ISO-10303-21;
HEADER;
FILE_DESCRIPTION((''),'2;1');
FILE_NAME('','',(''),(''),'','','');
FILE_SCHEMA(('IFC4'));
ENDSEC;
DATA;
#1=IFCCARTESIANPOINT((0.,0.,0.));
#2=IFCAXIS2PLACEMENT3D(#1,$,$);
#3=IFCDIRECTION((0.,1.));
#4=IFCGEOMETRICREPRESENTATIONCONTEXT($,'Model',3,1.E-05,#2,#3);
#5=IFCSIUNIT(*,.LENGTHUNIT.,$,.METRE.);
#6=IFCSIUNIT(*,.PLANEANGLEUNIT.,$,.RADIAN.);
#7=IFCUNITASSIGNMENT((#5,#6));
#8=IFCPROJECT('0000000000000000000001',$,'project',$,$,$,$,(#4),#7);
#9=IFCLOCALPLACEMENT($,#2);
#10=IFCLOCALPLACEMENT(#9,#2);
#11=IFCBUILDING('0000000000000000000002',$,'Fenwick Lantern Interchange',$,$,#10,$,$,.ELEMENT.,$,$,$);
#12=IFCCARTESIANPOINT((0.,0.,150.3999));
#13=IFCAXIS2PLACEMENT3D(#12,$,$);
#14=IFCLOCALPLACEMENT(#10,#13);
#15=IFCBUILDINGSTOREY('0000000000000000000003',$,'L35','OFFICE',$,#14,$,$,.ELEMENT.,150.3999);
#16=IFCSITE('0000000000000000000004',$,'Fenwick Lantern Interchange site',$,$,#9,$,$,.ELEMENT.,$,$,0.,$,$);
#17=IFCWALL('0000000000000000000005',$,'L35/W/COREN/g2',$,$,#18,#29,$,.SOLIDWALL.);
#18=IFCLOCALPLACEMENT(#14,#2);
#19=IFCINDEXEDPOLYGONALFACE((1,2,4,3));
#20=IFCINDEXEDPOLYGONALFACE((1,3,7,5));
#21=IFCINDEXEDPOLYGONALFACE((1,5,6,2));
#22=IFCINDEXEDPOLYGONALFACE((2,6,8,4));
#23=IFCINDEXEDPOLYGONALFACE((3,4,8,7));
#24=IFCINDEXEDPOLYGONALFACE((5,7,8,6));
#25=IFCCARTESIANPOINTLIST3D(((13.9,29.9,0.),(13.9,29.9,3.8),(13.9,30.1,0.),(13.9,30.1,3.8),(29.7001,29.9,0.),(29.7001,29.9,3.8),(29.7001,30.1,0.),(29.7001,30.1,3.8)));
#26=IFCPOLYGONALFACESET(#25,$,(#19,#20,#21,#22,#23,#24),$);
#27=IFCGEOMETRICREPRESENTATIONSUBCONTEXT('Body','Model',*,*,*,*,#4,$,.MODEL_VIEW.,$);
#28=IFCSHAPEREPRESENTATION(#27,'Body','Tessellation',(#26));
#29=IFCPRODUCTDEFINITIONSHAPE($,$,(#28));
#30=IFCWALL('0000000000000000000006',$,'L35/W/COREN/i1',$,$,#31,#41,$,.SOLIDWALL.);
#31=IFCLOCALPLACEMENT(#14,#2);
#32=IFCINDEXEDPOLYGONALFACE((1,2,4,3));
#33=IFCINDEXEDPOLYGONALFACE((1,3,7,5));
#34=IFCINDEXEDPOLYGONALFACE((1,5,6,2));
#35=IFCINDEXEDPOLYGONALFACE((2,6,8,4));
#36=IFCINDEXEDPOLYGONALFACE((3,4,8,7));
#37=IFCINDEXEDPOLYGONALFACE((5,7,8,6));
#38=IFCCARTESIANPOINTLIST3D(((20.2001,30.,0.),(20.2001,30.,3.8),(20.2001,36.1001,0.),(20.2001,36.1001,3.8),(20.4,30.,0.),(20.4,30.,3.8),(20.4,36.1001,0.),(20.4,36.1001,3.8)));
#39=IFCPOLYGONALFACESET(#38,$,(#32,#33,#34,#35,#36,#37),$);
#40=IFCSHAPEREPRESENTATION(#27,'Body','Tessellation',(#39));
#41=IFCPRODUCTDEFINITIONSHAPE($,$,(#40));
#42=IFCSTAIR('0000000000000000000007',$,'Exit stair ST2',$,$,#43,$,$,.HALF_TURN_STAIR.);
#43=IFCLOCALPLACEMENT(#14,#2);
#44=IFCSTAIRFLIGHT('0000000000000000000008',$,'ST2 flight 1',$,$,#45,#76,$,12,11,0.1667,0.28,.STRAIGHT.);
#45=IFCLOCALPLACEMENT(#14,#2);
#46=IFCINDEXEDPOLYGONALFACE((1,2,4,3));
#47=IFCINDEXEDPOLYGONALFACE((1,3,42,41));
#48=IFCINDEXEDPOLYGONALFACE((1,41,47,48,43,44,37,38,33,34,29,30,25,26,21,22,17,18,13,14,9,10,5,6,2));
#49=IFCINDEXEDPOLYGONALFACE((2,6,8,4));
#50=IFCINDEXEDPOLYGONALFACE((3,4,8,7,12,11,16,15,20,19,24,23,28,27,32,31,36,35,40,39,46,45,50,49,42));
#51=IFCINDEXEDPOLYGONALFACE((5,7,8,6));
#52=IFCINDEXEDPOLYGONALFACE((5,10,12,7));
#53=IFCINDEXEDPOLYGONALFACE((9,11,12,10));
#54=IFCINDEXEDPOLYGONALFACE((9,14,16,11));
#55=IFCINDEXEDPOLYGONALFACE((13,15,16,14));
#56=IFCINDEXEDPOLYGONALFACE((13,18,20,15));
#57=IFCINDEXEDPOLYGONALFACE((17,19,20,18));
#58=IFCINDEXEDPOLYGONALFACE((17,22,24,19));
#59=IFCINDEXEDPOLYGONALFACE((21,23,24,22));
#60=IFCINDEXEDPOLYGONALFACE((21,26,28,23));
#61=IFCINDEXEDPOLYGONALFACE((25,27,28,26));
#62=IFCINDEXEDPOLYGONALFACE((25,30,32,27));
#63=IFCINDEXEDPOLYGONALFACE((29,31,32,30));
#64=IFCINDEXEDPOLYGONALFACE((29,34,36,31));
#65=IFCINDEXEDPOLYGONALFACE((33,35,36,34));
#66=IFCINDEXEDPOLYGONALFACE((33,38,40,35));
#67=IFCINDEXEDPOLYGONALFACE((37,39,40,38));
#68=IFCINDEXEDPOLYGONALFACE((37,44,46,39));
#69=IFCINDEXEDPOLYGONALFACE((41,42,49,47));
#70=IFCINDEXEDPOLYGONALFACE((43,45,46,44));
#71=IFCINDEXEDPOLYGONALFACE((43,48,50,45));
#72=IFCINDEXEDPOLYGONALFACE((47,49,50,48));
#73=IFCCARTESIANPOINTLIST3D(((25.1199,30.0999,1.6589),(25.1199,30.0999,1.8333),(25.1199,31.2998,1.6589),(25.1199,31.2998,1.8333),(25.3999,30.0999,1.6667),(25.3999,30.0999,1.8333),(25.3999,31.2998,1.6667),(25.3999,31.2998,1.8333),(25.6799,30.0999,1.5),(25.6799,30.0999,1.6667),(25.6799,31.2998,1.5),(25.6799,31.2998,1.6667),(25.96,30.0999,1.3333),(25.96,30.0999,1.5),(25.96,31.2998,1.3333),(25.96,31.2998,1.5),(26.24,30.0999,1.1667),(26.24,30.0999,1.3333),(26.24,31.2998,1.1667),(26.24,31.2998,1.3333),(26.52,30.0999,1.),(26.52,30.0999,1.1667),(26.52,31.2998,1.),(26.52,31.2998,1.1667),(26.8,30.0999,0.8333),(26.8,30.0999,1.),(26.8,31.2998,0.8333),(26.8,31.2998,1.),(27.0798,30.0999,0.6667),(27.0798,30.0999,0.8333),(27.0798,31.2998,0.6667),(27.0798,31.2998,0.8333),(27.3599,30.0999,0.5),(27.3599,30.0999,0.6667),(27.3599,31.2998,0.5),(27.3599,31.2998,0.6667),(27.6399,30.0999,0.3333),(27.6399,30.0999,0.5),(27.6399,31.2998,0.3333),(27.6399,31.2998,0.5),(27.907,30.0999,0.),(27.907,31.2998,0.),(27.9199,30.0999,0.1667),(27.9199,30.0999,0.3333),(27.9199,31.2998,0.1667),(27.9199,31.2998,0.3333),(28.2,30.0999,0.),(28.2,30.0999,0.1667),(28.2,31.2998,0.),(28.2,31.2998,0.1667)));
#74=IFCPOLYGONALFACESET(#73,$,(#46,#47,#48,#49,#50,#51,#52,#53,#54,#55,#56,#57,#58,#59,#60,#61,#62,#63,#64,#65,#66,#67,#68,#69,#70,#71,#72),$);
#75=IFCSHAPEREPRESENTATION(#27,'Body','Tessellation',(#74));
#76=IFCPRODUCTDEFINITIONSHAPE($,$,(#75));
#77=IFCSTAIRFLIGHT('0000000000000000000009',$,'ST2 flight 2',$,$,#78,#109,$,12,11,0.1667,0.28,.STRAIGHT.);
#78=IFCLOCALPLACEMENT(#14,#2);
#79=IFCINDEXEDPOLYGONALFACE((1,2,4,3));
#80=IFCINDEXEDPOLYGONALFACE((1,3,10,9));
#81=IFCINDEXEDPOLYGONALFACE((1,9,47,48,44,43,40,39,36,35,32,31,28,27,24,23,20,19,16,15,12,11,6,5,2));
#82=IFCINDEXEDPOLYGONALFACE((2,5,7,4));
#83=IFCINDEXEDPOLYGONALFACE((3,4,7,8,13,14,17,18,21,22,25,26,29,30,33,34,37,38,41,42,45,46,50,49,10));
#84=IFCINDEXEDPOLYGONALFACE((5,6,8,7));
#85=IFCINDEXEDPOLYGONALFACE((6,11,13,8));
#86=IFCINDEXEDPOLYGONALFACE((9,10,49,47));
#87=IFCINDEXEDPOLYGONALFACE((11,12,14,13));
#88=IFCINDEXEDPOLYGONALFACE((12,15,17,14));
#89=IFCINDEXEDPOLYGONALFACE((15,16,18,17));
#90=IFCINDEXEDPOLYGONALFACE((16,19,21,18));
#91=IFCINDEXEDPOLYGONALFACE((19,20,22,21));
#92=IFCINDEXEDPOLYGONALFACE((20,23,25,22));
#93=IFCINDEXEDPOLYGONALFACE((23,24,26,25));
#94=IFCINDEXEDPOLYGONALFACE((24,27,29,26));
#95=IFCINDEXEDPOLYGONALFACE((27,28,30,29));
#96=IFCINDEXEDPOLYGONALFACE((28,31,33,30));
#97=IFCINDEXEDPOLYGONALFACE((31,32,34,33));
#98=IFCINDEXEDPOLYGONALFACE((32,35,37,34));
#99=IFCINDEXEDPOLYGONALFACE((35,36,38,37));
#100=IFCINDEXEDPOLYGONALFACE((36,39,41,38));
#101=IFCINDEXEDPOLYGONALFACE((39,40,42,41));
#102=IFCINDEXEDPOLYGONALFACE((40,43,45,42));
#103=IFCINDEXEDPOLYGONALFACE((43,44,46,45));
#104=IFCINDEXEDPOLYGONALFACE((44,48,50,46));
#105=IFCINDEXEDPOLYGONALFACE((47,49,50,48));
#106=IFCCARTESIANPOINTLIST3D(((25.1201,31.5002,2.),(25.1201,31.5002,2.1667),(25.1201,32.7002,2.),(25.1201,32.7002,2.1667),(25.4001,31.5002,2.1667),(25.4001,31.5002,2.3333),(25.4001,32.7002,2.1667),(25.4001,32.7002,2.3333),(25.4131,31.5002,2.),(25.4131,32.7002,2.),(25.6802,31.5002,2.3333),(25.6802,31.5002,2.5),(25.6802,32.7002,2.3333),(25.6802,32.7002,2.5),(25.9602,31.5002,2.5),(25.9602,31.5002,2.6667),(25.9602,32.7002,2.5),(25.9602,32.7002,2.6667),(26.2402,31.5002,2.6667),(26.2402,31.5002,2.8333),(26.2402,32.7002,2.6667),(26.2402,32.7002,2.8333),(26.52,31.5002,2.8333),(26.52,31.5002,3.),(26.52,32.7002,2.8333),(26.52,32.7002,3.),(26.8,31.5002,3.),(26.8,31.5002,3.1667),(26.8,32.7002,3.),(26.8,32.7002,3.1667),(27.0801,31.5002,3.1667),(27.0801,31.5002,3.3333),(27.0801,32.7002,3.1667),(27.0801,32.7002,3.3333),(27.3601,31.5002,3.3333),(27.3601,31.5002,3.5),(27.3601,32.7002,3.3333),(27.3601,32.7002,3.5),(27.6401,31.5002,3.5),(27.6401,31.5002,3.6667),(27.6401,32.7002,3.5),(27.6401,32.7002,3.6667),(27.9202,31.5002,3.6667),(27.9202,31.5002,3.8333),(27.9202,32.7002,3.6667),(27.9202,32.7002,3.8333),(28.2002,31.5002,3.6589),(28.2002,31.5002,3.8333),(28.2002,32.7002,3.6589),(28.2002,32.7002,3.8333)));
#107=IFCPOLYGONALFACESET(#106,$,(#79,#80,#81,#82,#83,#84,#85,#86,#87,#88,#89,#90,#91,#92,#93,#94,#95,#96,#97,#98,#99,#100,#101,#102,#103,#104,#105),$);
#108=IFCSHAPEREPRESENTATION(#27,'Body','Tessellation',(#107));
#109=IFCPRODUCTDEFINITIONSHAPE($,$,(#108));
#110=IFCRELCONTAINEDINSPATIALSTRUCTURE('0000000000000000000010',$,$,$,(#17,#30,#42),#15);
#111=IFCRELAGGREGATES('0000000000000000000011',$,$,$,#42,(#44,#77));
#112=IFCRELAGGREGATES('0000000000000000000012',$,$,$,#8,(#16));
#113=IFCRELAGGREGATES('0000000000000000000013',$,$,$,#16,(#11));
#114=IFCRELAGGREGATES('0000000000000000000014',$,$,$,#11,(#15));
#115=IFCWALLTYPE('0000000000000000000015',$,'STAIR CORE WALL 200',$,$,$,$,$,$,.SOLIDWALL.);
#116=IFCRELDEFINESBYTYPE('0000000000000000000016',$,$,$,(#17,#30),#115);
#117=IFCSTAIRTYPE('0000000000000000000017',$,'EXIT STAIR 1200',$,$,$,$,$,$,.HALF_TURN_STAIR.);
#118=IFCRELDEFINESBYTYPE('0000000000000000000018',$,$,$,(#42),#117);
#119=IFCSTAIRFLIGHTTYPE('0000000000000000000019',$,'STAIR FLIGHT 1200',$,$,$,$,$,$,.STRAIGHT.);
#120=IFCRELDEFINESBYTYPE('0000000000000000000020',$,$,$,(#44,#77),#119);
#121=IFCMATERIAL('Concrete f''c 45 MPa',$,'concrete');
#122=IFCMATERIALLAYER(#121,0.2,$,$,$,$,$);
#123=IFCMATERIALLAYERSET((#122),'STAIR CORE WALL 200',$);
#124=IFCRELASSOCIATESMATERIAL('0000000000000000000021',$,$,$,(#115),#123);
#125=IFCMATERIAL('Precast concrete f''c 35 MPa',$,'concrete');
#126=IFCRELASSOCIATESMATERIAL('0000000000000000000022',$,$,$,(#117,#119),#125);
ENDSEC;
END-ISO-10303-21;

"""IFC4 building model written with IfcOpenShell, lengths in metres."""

from ifc_helpers import new_model, si_unit, direction, frame, frame_2d, origin, place, context, subcontext, project, spatial, polyline, rectangle, outline, extrude, material, layer, layer_set, type_object, element, aggregate, save


model = new_model("IFC4")

# Units and contexts
model_context = context("Model", 3, precision=1e-05, world=origin(), true_north=direction((0.0, 1.0)))
body_context = subcontext(model_context, "Body", "Model", "MODEL_VIEW")
ifc_project = project(units=[si_unit("LENGTHUNIT", "METRE"), si_unit("PLANEANGLEUNIT", "RADIAN")], contexts=[model_context])

# Site, building, storey
site_placement = place(None, origin())
site = spatial("IfcSite", under=ifc_project, at=site_placement, Name="Fenwick Lantern Interchange site", CompositionType="ELEMENT", RefElevation=0.0)
building_placement = place(site_placement, origin())
building = spatial("IfcBuilding", under=site, at=building_placement, Name="Fenwick Lantern Interchange", CompositionType="ELEMENT")
storey_placement = place(building_placement, frame((0.0, 0.0, 150.3999)))
storey = spatial("IfcBuildingStorey", under=building, at=storey_placement, Name="L35", Description="OFFICE", CompositionType="ELEMENT", Elevation=150.3999)

# Walls
ifc_material_1 = material(Name="Concrete f'c 45 MPa", Category="concrete")
ifc_layer_1 = layer(ifc_material_1, 0.2)
ifc_layer_set_1 = layer_set([ifc_layer_1], Name="STAIR CORE WALL 200")
wall_type_1 = type_object("IfcWallType", Name="STAIR CORE WALL 200", PredefinedType="SOLIDWALL", material=ifc_layer_set_1)
wall_1_placement = place(storey_placement, frame((29.7, 30.0, 0.0), z_axis=(0.0, 0.0, 1.0), x_axis=(-1.0, 0.0, 0.0)))
element("IfcWall", 1, at=wall_1_placement, inside=storey, type_object=wall_type_1, Name="L35/W/COREN/g2", PredefinedType="SOLIDWALL", context=body_context, shape_type="SweptSolid", body=[
    extrude(rectangle(XDim=15.8, YDim=0.2, at=frame_2d((7.8999, 0.0))), origin(), (0.0, 0.0, 1.0), 3.8),
])
wall_2_placement = place(storey_placement, frame((20.3, 36.1001, 0.0), z_axis=(0.0, 0.0, 1.0), x_axis=(0.0, -1.0, 0.0)))
element("IfcWall", 2, at=wall_2_placement, inside=storey, type_object=wall_type_1, Name="L35/W/COREN/i1", PredefinedType="SOLIDWALL", context=body_context, shape_type="SweptSolid", body=[
    extrude(rectangle(XDim=6.1001, YDim=0.2, at=frame_2d((3.05, 0.0))), origin(), (0.0, 0.0, 1.0), 3.8),
])

# Stair, stair flights
ifc_material_2 = material(Name="Precast concrete f'c 35 MPa", Category="concrete")
stair_type = type_object("IfcStairType", Name="EXIT STAIR 1200", PredefinedType="HALF_TURN_STAIR", material=ifc_material_2)
stair_placement = place(storey_placement, origin())
stair = element("IfcStair", 3, at=stair_placement, inside=storey, type_object=stair_type, Name="Exit stair ST2", PredefinedType="HALF_TURN_STAIR")
stair_flight_type = type_object("IfcStairFlightType", Name="STAIR FLIGHT 1200", PredefinedType="STRAIGHT", material=ifc_material_2)
stair_flight_1_placement = place(storey_placement, frame((28.2, 30.7, 0.0), z_axis=(0.0, 0.0, 1.0), x_axis=(-1.0, 0.0, 0.0)))
stair_flight_1 = element("IfcStairFlight", 4, at=stair_flight_1_placement, type_object=stair_flight_type, Name="ST2 flight 1", NumberOfRisers=12, NumberOfTreads=11, PredefinedType="STRAIGHT", RiserHeight=0.1667, TreadLength=0.28, context=body_context, shape_type="SweptSolid", body=[
    extrude(outline(polyline([(0.0, 0.0), (0.0, 0.1667), (0.28, 0.1667), (0.28, 0.3333), (0.5601, 0.3333), (0.5601, 0.5), (0.8401, 0.5), (0.8401, 0.6667), (1.1201, 0.6667), (1.1201, 0.8333), (1.3999, 0.8333), (1.3999, 1.0), (1.6799, 1.0), (1.6799, 1.1667), (1.96, 1.1667), (1.96, 1.3333), (2.24, 1.3333), (2.24, 1.5), (2.52, 1.5), (2.52, 1.6667), (2.8, 1.6667), (2.8, 1.8333), (3.0801, 1.8333), (3.0801, 2.0), (3.0801, 1.6589), (0.293, 0.0), (0.0, 0.0)])), frame((0.0, 0.6001, 0.0), z_axis=(0.0, -1.0, 0.0), x_axis=(1.0, 0.0, 0.0)), (0.0, 0.0, 1.0), 1.2),
])
stair_flight_2_placement = place(storey_placement, frame((25.1201, 32.1001, 2.0), z_axis=(0.0, 0.0, 1.0), x_axis=(1.0, 0.0, 0.0)))
stair_flight_2 = element("IfcStairFlight", 5, at=stair_flight_2_placement, type_object=stair_flight_type, Name="ST2 flight 2", NumberOfRisers=12, NumberOfTreads=11, PredefinedType="STRAIGHT", RiserHeight=0.1667, TreadLength=0.28, context=body_context, shape_type="SweptSolid", body=[
    extrude(outline(polyline([(0.0, 0.0), (0.0, 0.1667), (0.28, 0.1667), (0.28, 0.3333), (0.5601, 0.3333), (0.5601, 0.5), (0.8401, 0.5), (0.8401, 0.6667), (1.1201, 0.6667), (1.1201, 0.8333), (1.3999, 0.8333), (1.3999, 1.0), (1.6799, 1.0), (1.6799, 1.1667), (1.96, 1.1667), (1.96, 1.3333), (2.24, 1.3333), (2.24, 1.5), (2.52, 1.5), (2.52, 1.6667), (2.8, 1.6667), (2.8, 1.8333), (3.0801, 1.8333), (3.0801, 2.0), (3.0801, 1.6589), (0.293, 0.0), (0.0, 0.0)])), frame((0.0, 0.6001, 0.0), z_axis=(0.0, -1.0, 0.0), x_axis=(1.0, 0.0, 0.0)), (0.0, 0.0, 1.0), 1.2),
])
aggregate(stair, [stair_flight_1, stair_flight_2])

save(model, "model.ifc")
